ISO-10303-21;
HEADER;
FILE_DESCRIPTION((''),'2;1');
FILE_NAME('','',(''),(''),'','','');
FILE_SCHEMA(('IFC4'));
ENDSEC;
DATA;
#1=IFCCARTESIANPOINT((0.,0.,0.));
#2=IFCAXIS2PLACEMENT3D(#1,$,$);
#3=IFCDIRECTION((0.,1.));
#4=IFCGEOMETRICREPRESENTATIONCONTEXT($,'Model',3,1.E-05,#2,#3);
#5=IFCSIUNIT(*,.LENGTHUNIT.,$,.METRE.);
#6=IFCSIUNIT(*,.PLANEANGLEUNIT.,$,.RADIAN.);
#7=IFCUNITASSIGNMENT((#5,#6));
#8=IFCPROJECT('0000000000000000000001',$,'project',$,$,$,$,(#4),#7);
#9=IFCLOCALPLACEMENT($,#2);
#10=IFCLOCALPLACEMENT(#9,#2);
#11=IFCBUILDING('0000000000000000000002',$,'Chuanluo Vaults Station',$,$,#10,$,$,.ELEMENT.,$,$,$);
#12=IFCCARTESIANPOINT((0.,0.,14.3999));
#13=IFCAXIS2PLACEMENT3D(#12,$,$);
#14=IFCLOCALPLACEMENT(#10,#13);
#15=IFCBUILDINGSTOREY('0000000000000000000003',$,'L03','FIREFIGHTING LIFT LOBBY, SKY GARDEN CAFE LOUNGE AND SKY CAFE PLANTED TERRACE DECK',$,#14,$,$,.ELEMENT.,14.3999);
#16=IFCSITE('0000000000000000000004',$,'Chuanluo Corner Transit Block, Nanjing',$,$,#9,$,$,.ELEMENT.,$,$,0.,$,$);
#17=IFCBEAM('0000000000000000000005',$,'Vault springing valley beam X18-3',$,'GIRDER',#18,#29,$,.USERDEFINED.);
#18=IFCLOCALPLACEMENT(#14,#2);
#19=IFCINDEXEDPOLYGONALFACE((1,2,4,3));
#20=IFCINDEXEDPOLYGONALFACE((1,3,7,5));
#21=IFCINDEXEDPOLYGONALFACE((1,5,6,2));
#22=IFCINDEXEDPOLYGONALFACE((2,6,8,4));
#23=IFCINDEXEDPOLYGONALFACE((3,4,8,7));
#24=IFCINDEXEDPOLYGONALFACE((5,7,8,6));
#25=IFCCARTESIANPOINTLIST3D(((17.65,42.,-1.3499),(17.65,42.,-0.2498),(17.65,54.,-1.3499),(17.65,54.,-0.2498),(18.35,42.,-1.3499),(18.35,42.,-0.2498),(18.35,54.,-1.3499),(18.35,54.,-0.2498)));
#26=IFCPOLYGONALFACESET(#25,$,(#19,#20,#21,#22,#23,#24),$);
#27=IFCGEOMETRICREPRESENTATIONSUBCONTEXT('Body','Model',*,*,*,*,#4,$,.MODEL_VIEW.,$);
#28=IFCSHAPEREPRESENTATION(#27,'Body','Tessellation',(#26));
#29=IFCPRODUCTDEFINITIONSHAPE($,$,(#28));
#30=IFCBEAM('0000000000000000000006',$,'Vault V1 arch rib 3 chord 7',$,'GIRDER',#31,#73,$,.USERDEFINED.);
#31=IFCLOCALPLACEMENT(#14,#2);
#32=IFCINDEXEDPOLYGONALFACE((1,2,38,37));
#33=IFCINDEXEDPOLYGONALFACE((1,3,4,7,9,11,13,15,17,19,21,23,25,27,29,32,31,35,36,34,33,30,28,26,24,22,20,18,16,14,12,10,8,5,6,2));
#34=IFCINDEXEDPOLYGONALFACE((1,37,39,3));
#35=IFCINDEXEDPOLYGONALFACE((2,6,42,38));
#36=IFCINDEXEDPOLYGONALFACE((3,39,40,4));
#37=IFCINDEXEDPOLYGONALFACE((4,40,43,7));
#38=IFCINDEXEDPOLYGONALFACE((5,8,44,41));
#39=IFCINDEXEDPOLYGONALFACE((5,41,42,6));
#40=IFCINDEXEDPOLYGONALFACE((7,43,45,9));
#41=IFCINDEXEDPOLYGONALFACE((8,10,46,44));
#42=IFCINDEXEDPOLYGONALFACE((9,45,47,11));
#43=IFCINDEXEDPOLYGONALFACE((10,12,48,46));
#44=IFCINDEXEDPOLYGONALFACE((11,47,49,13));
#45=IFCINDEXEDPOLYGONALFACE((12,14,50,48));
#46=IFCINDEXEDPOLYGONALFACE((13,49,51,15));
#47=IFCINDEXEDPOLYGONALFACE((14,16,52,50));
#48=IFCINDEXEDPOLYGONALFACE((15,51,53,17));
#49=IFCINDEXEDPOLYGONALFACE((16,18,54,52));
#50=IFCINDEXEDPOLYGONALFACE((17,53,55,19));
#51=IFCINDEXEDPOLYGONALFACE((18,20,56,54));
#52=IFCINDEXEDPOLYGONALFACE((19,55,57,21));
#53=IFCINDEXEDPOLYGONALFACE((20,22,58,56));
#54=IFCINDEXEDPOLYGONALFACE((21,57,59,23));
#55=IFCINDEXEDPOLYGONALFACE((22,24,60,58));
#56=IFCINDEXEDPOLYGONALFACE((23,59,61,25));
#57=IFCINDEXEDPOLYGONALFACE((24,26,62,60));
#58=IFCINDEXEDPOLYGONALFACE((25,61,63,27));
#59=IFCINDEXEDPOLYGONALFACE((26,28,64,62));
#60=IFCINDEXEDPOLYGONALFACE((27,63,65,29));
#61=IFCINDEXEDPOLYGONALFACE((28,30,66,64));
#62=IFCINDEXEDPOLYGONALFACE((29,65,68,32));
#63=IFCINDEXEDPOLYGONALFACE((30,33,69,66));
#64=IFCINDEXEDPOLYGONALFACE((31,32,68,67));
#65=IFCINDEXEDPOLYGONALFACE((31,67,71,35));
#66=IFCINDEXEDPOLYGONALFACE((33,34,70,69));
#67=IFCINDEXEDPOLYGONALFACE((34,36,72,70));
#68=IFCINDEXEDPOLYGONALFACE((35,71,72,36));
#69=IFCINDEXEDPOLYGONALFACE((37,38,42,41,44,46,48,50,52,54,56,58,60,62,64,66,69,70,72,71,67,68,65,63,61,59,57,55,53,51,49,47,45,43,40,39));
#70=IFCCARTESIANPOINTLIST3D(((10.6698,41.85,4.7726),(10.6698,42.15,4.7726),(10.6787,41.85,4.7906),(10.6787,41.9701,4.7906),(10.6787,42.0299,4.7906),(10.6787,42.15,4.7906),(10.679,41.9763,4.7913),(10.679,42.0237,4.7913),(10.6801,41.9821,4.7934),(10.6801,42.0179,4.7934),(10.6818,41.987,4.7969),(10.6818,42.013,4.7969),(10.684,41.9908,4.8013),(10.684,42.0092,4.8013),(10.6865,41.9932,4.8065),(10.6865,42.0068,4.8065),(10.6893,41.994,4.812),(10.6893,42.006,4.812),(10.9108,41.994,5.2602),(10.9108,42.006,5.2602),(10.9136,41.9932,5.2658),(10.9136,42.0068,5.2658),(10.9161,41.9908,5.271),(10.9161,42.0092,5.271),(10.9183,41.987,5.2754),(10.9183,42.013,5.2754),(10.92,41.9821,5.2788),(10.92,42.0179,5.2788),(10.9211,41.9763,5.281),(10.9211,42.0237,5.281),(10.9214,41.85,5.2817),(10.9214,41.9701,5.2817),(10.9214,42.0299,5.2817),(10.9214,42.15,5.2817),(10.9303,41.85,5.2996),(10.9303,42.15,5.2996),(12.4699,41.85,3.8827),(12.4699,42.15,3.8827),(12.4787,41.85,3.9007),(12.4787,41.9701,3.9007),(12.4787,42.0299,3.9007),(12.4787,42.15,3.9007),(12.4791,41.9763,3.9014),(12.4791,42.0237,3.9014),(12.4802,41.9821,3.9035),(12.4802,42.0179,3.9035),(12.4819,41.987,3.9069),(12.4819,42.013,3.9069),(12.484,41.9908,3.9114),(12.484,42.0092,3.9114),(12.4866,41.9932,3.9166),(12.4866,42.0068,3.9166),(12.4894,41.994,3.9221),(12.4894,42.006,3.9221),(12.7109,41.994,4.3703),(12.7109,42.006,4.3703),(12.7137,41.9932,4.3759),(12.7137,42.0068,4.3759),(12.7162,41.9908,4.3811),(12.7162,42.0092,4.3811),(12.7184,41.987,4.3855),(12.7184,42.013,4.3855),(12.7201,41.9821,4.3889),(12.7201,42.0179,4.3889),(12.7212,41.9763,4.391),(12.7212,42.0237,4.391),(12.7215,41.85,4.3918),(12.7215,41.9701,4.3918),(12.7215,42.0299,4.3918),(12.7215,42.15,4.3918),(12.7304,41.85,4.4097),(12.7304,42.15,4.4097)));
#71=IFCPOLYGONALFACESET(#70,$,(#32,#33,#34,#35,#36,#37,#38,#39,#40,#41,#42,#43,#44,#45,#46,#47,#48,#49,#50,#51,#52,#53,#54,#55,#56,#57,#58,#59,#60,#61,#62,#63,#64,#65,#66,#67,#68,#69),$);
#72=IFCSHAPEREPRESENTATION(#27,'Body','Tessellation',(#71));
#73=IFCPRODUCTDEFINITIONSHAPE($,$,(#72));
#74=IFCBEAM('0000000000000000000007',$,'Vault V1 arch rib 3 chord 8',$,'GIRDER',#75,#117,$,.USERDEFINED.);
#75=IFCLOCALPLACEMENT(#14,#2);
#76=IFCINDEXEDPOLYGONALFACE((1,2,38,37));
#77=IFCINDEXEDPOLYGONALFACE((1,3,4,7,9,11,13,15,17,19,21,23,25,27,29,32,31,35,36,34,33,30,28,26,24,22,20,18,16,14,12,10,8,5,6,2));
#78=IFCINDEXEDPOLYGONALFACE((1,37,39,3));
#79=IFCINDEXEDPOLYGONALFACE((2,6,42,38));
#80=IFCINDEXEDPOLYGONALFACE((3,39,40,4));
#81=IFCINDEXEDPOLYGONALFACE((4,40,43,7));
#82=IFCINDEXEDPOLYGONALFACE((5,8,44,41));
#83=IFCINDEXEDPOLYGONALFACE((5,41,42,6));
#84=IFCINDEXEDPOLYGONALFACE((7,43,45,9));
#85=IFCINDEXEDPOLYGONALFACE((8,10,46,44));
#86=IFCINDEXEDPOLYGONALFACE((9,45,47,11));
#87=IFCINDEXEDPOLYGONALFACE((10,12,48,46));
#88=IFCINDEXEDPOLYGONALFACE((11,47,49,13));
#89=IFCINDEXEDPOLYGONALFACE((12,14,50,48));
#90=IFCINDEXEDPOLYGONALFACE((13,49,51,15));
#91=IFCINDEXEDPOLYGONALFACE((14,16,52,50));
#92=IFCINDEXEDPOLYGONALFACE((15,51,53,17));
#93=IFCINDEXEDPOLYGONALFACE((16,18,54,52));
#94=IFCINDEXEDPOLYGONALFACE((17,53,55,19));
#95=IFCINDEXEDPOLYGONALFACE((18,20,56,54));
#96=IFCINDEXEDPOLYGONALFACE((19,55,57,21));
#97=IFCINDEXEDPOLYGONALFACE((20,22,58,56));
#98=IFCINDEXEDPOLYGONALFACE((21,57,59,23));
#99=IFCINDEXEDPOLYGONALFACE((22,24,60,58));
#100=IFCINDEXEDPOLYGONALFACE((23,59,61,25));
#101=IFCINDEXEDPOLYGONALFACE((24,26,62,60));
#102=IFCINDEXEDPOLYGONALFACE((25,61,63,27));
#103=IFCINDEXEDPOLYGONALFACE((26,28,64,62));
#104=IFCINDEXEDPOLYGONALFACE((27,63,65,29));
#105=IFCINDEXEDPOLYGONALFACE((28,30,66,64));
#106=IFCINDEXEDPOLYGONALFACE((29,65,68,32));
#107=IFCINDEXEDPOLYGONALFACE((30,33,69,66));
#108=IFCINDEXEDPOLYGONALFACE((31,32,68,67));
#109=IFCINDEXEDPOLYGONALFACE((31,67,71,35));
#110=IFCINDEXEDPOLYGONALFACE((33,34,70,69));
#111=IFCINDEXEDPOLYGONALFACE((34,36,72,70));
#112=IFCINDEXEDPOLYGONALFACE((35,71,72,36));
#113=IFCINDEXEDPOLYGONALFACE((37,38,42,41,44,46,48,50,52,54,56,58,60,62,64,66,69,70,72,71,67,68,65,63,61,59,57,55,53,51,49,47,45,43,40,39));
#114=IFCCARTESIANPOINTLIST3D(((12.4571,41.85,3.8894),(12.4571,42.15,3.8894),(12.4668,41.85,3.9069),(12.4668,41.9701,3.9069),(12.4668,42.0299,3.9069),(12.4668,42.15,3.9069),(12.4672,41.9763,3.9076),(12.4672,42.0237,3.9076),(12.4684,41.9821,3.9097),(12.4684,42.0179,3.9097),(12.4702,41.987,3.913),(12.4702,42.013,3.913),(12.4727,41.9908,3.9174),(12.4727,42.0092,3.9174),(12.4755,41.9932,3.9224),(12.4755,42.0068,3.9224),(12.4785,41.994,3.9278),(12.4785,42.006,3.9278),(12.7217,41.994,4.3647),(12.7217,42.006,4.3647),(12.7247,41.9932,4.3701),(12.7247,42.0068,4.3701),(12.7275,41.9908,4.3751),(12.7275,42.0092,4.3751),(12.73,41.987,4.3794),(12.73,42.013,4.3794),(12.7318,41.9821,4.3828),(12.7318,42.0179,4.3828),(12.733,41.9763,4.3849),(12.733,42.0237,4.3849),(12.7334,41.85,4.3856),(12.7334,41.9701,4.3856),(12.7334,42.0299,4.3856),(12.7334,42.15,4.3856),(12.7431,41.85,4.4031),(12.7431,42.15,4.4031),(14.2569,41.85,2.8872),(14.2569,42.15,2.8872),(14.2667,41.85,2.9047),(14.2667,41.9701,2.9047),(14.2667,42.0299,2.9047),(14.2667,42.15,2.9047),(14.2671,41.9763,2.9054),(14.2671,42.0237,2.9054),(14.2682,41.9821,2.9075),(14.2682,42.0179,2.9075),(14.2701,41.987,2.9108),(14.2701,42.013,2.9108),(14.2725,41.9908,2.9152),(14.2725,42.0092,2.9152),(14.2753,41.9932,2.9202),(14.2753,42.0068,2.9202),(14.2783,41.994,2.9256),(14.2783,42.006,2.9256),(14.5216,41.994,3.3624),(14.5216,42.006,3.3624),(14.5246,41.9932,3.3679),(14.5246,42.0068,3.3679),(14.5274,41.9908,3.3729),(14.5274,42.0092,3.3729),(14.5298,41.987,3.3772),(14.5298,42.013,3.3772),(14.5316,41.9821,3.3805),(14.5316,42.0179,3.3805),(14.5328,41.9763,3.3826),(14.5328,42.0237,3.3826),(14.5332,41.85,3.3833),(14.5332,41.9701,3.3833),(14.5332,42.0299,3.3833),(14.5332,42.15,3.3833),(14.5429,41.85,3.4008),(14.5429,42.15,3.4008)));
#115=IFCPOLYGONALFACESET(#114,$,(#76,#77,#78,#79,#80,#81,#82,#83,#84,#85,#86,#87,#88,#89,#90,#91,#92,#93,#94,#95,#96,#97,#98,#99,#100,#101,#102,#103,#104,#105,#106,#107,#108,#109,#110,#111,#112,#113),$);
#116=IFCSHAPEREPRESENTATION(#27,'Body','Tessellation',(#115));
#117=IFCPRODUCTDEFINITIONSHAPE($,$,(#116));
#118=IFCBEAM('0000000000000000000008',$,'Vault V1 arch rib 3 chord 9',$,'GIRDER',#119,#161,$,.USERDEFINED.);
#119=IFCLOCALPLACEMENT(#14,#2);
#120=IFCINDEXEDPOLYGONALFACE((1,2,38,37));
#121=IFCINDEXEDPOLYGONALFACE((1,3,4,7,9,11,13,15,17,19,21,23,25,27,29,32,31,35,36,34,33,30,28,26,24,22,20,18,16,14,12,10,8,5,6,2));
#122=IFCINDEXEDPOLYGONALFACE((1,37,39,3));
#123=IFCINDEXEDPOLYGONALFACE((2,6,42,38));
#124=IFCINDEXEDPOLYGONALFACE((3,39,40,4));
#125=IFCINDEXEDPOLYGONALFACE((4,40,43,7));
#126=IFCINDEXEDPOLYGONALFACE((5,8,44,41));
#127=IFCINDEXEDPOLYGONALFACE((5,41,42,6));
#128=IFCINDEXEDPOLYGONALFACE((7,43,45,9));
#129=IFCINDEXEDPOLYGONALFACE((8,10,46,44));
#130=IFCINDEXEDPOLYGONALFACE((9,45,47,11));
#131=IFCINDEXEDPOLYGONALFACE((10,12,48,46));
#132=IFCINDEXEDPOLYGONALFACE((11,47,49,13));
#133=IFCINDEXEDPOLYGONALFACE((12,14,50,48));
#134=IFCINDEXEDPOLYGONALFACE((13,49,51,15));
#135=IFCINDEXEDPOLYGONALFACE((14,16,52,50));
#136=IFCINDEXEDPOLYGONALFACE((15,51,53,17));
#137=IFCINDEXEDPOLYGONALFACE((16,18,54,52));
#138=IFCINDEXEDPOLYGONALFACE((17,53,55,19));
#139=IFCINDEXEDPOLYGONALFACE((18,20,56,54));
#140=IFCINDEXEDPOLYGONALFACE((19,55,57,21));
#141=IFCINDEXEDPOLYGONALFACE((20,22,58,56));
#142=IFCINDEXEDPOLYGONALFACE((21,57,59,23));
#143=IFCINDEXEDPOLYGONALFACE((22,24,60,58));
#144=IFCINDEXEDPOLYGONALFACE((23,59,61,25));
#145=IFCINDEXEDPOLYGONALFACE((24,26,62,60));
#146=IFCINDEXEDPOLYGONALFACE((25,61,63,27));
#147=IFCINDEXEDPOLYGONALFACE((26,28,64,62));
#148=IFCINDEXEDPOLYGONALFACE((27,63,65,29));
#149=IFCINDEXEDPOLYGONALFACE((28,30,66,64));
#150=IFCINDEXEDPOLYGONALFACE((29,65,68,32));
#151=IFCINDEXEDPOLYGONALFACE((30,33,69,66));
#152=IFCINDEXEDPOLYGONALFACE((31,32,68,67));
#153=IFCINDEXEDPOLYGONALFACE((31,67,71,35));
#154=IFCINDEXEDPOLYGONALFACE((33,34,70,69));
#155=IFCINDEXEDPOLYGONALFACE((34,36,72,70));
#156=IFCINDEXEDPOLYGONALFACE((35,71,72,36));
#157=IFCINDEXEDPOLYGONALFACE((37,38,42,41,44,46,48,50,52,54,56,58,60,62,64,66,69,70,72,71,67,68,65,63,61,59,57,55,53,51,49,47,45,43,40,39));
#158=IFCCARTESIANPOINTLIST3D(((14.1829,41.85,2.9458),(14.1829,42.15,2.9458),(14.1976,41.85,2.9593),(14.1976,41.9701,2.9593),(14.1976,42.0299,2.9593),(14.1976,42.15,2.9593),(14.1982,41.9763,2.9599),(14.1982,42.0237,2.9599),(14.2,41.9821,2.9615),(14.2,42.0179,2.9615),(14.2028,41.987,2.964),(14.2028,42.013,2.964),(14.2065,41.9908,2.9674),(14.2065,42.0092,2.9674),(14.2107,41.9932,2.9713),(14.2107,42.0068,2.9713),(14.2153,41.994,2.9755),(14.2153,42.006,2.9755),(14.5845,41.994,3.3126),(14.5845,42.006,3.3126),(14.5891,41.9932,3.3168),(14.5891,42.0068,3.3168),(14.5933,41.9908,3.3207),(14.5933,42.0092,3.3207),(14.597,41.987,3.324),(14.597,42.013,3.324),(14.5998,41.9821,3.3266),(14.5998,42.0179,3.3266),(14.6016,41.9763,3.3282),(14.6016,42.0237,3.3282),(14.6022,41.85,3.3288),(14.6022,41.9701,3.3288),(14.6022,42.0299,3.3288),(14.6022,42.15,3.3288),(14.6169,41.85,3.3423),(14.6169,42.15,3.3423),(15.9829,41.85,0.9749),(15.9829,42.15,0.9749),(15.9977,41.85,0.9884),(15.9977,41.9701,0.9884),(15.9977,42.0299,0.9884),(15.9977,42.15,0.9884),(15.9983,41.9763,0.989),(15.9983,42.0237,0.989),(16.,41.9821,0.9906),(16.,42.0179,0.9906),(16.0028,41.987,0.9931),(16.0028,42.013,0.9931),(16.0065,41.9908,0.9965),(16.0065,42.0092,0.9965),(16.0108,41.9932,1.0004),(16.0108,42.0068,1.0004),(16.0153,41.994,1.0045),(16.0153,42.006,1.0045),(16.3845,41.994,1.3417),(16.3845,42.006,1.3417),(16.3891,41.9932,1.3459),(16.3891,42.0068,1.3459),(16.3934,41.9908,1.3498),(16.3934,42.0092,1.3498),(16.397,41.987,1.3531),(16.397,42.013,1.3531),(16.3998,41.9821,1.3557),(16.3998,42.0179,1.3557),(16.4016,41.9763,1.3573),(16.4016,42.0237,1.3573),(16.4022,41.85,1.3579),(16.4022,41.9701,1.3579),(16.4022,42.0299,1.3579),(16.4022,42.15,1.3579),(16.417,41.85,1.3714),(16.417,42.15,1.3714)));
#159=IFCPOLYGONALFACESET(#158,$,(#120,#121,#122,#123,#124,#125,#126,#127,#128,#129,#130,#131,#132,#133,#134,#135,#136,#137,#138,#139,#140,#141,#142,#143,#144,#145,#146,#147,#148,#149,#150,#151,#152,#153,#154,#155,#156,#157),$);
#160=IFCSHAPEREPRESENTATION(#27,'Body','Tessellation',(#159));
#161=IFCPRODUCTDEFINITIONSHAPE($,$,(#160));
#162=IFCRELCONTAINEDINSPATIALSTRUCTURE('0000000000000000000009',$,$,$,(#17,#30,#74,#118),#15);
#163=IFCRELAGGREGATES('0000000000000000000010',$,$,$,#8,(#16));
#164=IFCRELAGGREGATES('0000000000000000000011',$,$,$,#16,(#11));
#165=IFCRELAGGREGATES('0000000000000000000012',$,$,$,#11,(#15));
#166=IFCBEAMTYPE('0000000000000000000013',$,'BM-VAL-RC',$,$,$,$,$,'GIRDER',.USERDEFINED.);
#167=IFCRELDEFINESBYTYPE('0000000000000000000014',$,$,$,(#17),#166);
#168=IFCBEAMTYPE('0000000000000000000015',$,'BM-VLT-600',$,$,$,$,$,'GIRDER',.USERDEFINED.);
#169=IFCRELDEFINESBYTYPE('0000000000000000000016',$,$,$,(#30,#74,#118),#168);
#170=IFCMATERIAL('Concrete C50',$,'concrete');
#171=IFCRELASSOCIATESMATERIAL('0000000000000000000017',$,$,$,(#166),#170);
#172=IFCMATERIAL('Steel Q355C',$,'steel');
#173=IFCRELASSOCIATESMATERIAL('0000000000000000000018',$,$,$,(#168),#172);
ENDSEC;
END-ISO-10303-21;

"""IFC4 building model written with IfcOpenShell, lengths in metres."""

from ifc_helpers import new_model, si_unit, direction, frame, origin, origin_2d, place, context, subcontext, project, spatial, rectangle, i_section, extrude, material, material_profile, profile_set, type_object, element, save


model = new_model("IFC4")

# Units and contexts
model_context = context("Model", 3, precision=1e-05, world=origin(), true_north=direction((0.0, 1.0)))
body_context = subcontext(model_context, "Body", "Model", "MODEL_VIEW")
ifc_project = project(units=[si_unit("LENGTHUNIT", "METRE"), si_unit("PLANEANGLEUNIT", "RADIAN")], contexts=[model_context])

# Site, building, storey
site_placement = place(None, origin())
site = spatial("IfcSite", under=ifc_project, at=site_placement, Name="Chuanluo Corner Transit Block, Nanjing", CompositionType="ELEMENT", RefElevation=0.0)
building_placement = place(site_placement, origin())
building = spatial("IfcBuilding", under=site, at=building_placement, Name="Chuanluo Vaults Station", CompositionType="ELEMENT")
storey_placement = place(building_placement, frame((0.0, 0.0, 14.3999)))
storey = spatial("IfcBuildingStorey", under=building, at=storey_placement, Name="L03", Description="FIREFIGHTING LIFT LOBBY, SKY GARDEN CAFE LOUNGE AND SKY CAFE PLANTED TERRACE DECK", CompositionType="ELEMENT", Elevation=14.3999)

# Beams
ifc_material_1 = material(Name="Concrete C50", Category="concrete")
ifc_material_profile_1 = material_profile(ifc_material_1, rectangle(XDim=0.7, YDim=1.1001, at=origin_2d()))
ifc_profile_set_1 = profile_set([ifc_material_profile_1], Name="Concrete C50")
beam_type_1 = type_object("IfcBeamType", Name="BM-VAL-RC", ElementType="GIRDER", PredefinedType="USERDEFINED", material=ifc_profile_set_1)
beam_1_placement = place(storey_placement, frame((18.0, 42.0, -0.7998), z_axis=(0.0, 1.0, 0.0), x_axis=(-1.0, 0.0, 0.0)))
element("IfcBeam", 1, at=beam_1_placement, inside=storey, type_object=beam_type_1, Name="Vault springing valley beam X18-3", ObjectType="GIRDER", PredefinedType="USERDEFINED", context=body_context, shape_type="SweptSolid", body=[
    extrude(rectangle(XDim=0.7, YDim=1.1001, at=origin_2d()), origin(), (0.0, 0.0, 1.0), 12.0),
])
ifc_material_2 = material(Name="Steel Q355C", Category="steel")
ifc_material_profile_2 = material_profile(ifc_material_2, i_section(OverallWidth=0.3, OverallDepth=0.5879, WebThickness=0.012, FlangeThickness=0.02, FilletRadius=0.0239, at=origin_2d()))
ifc_profile_set_2 = profile_set([ifc_material_profile_2], Name="Steel Q355C")
beam_type_2 = type_object("IfcBeamType", Name="BM-VLT-600", ElementType="GIRDER", PredefinedType="USERDEFINED", material=ifc_profile_set_2)
beam_2_placement = place(storey_placement, frame((10.8, 42.0, 5.0361), z_axis=(0.896436, 0.0, -0.443172), x_axis=(0.0, 1.0, 0.0)))
element("IfcBeam", 2, at=beam_2_placement, inside=storey, type_object=beam_type_2, Name="Vault V1 arch rib 3 chord 7", ObjectType="GIRDER", PredefinedType="USERDEFINED", context=body_context, shape_type="SweptSolid", body=[
    extrude(i_section(OverallWidth=0.3, OverallDepth=0.5879, WebThickness=0.012, FlangeThickness=0.02, FilletRadius=0.0239, at=origin_2d()), origin(), (0.0, 0.0, 1.0), 2.0081),
])
beam_3_placement = place(storey_placement, frame((12.6001, 42.0, 4.1462), z_axis=(0.873682, 0.0, -0.486498), x_axis=(0.0, 1.0, 0.0)))
element("IfcBeam", 3, at=beam_3_placement, inside=storey, type_object=beam_type_2, Name="Vault V1 arch rib 3 chord 8", ObjectType="GIRDER", PredefinedType="USERDEFINED", context=body_context, shape_type="SweptSolid", body=[
    extrude(i_section(OverallWidth=0.3, OverallDepth=0.5879, WebThickness=0.012, FlangeThickness=0.02, FilletRadius=0.0239, at=origin_2d()), origin(), (0.0, 0.0, 1.0), 2.0601),
])
beam_4_placement = place(storey_placement, frame((14.3999, 42.0, 3.144), z_axis=(0.674369, 0.0, -0.738394), x_axis=(0.0, 1.0, 0.0)))
element("IfcBeam", 4, at=beam_4_placement, inside=storey, type_object=beam_type_2, Name="Vault V1 arch rib 3 chord 9", ObjectType="GIRDER", PredefinedType="USERDEFINED", context=body_context, shape_type="SweptSolid", body=[
    extrude(i_section(OverallWidth=0.3, OverallDepth=0.5879, WebThickness=0.012, FlangeThickness=0.02, FilletRadius=0.0239, at=origin_2d()), origin(), (0.0, 0.0, 1.0), 2.6692),
])

save(model, "model.ifc")
